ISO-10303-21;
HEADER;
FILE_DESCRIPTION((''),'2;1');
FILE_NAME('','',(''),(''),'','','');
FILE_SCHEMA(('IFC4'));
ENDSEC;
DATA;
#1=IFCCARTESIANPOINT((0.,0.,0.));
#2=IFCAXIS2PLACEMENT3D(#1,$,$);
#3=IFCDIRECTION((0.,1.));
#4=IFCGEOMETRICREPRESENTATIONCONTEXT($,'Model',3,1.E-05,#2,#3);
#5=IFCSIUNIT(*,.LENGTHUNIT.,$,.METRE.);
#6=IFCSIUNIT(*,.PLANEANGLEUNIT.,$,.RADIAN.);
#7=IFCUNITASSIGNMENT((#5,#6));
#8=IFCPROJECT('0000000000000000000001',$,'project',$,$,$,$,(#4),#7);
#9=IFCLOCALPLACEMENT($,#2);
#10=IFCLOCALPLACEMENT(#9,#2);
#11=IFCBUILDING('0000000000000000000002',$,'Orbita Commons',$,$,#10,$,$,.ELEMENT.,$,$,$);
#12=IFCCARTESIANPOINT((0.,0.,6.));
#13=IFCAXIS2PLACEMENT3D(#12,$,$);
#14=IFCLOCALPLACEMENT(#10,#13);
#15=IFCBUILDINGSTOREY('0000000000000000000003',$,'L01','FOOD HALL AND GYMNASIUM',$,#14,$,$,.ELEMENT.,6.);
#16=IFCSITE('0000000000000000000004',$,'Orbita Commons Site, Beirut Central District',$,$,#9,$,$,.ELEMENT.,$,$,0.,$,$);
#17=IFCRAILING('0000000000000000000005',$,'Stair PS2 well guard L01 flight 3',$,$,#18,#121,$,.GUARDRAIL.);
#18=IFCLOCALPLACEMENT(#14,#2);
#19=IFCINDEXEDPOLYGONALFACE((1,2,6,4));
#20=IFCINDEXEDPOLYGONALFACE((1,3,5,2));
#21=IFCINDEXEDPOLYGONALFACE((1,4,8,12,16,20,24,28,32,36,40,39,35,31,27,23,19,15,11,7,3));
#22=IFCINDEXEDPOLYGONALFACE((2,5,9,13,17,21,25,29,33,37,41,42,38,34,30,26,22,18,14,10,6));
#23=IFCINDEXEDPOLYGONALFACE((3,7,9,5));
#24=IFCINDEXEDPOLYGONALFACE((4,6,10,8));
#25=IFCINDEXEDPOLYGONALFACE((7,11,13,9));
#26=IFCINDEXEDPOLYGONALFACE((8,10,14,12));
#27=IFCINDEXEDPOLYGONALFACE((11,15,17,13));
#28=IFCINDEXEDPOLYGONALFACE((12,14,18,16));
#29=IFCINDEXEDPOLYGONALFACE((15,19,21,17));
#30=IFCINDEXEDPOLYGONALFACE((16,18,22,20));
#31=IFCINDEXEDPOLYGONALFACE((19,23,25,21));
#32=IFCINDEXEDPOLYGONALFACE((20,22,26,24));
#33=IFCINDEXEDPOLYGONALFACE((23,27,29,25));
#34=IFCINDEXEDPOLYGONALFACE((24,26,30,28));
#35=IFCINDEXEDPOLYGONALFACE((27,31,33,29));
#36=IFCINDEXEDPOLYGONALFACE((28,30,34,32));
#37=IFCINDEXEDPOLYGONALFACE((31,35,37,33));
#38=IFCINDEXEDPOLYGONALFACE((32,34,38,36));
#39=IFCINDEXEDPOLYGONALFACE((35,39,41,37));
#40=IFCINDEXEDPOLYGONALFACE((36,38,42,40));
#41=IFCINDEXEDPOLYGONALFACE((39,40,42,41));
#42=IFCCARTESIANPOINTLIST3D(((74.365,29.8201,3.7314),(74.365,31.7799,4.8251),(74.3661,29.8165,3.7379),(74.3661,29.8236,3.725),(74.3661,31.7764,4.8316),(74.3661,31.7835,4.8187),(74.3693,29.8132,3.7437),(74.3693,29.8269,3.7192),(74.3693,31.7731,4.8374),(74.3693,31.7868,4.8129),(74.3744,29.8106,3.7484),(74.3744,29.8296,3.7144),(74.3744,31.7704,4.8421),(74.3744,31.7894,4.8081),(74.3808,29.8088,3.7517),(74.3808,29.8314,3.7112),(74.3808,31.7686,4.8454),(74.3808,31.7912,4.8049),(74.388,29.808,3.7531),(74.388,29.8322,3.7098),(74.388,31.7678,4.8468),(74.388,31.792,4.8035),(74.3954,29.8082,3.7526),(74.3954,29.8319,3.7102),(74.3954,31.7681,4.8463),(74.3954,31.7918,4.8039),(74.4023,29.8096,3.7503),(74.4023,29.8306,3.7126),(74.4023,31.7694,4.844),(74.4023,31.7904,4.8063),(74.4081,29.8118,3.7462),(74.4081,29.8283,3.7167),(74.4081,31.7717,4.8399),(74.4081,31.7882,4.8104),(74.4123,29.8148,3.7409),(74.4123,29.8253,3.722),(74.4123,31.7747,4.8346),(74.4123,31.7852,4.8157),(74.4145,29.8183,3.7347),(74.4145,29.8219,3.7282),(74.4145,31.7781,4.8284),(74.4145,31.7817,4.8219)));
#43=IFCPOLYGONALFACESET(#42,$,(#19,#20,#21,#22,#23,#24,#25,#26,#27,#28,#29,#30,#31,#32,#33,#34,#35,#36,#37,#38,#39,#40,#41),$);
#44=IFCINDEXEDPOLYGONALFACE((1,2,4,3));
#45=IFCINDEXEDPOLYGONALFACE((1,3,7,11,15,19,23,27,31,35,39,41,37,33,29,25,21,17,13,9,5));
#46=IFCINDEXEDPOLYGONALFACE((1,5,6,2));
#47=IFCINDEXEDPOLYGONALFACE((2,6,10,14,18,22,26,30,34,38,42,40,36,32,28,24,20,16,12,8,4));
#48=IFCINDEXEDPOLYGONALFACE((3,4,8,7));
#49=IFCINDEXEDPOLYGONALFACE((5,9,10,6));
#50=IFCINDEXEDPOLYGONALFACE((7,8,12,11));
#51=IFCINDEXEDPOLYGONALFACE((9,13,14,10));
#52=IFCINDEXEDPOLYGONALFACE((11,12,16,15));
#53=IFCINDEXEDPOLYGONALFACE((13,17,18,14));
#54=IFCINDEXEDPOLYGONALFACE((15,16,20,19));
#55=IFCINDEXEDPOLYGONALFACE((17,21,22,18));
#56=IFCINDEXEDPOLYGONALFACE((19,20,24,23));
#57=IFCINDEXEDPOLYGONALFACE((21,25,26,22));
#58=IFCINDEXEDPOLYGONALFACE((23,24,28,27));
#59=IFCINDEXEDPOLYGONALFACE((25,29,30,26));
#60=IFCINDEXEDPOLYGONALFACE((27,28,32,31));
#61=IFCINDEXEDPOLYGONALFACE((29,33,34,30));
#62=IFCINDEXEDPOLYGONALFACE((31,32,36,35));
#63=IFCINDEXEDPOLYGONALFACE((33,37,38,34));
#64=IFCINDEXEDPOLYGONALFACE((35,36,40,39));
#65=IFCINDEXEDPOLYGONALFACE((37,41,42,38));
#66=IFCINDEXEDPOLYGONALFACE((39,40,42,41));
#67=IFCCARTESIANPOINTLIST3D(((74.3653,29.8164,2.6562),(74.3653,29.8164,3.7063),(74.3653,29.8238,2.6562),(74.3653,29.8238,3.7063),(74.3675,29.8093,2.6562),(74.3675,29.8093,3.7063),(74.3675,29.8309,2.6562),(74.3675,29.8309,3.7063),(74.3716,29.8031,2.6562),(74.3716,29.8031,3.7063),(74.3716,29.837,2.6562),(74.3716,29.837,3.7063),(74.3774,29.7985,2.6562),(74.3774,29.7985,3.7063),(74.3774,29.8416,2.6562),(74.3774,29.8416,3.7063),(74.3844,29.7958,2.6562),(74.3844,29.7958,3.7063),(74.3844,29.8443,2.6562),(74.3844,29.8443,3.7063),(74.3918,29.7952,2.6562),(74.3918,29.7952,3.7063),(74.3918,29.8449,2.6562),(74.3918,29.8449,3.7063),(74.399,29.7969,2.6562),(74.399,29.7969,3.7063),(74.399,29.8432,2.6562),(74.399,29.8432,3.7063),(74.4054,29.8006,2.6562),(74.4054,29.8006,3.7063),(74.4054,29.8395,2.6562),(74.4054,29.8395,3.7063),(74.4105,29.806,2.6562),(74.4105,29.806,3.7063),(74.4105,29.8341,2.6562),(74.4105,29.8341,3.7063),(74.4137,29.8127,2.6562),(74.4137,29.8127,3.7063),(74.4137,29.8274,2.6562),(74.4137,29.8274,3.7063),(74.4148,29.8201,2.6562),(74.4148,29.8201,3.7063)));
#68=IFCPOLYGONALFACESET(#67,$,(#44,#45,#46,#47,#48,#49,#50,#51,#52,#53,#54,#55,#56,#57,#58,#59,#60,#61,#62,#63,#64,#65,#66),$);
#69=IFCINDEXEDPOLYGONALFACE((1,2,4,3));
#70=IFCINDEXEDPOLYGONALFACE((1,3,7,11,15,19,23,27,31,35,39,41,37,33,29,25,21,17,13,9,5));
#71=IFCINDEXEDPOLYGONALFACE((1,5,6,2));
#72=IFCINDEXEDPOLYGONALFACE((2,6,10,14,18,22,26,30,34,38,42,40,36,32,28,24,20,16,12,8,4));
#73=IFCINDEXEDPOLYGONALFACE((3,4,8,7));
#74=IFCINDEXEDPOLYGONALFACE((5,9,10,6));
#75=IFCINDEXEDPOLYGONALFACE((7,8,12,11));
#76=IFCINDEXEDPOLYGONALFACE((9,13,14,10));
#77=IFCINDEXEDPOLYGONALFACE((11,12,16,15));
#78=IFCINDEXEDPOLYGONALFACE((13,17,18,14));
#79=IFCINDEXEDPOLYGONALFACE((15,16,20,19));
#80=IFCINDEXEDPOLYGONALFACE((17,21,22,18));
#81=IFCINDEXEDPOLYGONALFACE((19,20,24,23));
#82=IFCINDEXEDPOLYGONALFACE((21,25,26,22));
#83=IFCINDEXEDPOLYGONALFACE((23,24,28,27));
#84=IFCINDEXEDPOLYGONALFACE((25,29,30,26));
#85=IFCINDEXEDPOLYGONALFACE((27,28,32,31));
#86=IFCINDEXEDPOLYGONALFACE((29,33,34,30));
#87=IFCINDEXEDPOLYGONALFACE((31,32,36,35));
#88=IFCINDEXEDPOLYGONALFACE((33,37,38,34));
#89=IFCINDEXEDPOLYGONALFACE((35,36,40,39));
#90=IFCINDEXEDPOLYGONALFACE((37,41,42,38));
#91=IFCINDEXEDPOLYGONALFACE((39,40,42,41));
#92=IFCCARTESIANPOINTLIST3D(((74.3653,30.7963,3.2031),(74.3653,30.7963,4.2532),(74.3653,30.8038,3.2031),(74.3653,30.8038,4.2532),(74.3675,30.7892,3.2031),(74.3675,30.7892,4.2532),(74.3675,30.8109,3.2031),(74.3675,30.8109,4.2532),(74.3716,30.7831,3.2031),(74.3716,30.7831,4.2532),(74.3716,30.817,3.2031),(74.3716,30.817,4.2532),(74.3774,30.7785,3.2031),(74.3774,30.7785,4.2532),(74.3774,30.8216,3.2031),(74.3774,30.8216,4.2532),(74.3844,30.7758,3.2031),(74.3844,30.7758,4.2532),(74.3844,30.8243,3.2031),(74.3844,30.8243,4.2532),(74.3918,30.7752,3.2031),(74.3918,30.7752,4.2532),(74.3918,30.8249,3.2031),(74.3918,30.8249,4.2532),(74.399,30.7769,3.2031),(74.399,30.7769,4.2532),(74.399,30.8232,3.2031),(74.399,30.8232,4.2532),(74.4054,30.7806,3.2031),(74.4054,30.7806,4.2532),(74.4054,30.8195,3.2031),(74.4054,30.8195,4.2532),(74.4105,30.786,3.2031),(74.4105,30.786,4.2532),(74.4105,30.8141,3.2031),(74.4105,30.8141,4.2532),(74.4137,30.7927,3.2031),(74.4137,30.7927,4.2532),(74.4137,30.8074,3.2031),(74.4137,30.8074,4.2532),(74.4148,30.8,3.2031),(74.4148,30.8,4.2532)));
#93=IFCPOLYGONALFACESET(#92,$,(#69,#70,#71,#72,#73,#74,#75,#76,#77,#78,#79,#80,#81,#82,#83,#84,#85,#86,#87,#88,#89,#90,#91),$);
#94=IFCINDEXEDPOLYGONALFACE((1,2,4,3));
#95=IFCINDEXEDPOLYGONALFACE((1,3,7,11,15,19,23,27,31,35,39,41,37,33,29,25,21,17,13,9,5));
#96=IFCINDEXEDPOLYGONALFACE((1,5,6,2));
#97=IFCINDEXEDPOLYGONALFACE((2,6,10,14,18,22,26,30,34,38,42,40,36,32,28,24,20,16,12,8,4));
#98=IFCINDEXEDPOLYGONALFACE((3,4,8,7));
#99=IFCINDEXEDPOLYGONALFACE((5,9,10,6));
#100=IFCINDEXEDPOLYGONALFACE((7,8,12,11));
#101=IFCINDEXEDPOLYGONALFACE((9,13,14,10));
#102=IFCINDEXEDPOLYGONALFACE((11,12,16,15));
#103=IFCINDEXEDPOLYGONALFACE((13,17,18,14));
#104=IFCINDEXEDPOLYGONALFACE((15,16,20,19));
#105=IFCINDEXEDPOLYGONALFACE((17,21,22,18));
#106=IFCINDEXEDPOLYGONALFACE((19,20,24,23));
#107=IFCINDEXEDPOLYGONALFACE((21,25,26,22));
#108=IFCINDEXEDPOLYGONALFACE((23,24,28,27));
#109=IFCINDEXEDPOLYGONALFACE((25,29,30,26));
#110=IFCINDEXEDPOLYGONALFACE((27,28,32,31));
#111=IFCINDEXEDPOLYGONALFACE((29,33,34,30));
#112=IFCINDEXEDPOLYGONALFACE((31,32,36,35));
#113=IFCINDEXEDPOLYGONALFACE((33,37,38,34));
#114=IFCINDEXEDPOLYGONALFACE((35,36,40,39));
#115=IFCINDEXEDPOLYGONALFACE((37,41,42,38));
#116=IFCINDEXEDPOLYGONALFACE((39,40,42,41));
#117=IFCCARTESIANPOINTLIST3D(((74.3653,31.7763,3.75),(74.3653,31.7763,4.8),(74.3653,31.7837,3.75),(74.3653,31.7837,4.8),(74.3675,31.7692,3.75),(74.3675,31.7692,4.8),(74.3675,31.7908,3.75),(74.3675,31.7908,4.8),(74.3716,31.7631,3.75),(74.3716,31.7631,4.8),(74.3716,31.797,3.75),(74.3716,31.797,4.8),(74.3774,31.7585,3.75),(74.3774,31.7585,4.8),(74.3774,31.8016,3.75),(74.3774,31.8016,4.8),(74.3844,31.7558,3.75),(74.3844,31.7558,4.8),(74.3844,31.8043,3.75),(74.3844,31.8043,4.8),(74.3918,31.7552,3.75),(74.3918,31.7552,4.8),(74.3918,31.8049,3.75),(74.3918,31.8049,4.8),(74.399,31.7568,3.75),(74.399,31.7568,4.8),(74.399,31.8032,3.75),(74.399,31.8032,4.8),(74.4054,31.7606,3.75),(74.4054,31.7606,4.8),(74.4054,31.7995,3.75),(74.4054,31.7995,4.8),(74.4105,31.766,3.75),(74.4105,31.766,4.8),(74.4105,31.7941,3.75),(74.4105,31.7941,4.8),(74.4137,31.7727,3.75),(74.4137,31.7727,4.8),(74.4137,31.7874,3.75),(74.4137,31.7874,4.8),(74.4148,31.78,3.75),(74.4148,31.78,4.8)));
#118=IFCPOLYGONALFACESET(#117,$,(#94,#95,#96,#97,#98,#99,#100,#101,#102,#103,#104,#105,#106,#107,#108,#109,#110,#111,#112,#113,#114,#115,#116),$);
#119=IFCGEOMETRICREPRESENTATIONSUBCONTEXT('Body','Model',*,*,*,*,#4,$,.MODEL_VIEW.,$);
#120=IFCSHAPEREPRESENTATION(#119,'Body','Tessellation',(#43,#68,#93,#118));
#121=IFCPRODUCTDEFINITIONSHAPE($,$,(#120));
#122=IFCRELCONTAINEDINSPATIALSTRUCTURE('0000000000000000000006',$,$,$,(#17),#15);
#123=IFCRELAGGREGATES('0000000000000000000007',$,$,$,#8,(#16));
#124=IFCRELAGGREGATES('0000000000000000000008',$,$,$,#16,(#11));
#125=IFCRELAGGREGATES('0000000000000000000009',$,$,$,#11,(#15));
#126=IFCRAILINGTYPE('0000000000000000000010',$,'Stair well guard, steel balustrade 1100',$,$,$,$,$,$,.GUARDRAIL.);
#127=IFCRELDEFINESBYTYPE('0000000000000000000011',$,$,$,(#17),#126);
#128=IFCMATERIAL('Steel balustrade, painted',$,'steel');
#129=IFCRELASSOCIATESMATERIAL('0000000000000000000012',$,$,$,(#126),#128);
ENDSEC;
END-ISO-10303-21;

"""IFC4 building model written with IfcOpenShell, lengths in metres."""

from ifc_helpers import new_model, si_unit, direction, frame, origin, origin_2d, place, context, subcontext, project, spatial, circle, extrude, material, type_object, element, save


model = new_model("IFC4")

# Units and contexts
model_context = context("Model", 3, precision=1e-05, world=origin(), true_north=direction((0.0, 1.0)))
body_context = subcontext(model_context, "Body", "Model", "MODEL_VIEW")
ifc_project = project(units=[si_unit("LENGTHUNIT", "METRE"), si_unit("PLANEANGLEUNIT", "RADIAN")], contexts=[model_context])

# Site, building, storey
site_placement = place(None, origin())
site = spatial("IfcSite", under=ifc_project, at=site_placement, Name="Orbita Commons Site, Beirut Central District", CompositionType="ELEMENT", RefElevation=0.0)
building_placement = place(site_placement, origin())
building = spatial("IfcBuilding", under=site, at=building_placement, Name="Orbita Commons", CompositionType="ELEMENT")
storey_placement = place(building_placement, frame((0.0, 0.0, 6.0)))
storey = spatial("IfcBuildingStorey", under=building, at=storey_placement, Name="L01", Description="FOOD HALL AND GYMNASIUM", CompositionType="ELEMENT", Elevation=6.0)

# Railing
ifc_material_1 = material(Name="Steel balustrade, painted", Category="steel")
railing_type_1 = type_object("IfcRailingType", Name="Stair well guard, steel balustrade 1100", PredefinedType="GUARDRAIL", material=ifc_material_1)
railing_1_placement = place(storey_placement, frame((74.3899, 29.8201, 2.6562)))
element("IfcRailing", 1, at=railing_1_placement, inside=storey, type_object=railing_type_1, Name="Stair PS2 well guard L01 flight 3", PredefinedType="GUARDRAIL", context=body_context, shape_type="SweptSolid", body=[
    extrude(circle(Radius=0.0249, at=origin_2d()), frame((0.0, 0.0, 1.0752), z_axis=(0.0, 0.873232, 0.487304), x_axis=(-1.0, 0.0, 0.0)), (0.0, 0.0, 1.0), 2.2444),
    extrude(circle(Radius=0.0249, at=origin_2d()), origin(), (0.0, 0.0, 1.0), 1.05),
    extrude(circle(Radius=0.0249, at=origin_2d()), frame((0.0, 0.98, 0.5469)), (0.0, 0.0, 1.0), 1.05),
    extrude(circle(Radius=0.0249, at=origin_2d()), frame((0.0, 1.96, 1.0938)), (0.0, 0.0, 1.0), 1.05),
])

save(model, "model.ifc")
